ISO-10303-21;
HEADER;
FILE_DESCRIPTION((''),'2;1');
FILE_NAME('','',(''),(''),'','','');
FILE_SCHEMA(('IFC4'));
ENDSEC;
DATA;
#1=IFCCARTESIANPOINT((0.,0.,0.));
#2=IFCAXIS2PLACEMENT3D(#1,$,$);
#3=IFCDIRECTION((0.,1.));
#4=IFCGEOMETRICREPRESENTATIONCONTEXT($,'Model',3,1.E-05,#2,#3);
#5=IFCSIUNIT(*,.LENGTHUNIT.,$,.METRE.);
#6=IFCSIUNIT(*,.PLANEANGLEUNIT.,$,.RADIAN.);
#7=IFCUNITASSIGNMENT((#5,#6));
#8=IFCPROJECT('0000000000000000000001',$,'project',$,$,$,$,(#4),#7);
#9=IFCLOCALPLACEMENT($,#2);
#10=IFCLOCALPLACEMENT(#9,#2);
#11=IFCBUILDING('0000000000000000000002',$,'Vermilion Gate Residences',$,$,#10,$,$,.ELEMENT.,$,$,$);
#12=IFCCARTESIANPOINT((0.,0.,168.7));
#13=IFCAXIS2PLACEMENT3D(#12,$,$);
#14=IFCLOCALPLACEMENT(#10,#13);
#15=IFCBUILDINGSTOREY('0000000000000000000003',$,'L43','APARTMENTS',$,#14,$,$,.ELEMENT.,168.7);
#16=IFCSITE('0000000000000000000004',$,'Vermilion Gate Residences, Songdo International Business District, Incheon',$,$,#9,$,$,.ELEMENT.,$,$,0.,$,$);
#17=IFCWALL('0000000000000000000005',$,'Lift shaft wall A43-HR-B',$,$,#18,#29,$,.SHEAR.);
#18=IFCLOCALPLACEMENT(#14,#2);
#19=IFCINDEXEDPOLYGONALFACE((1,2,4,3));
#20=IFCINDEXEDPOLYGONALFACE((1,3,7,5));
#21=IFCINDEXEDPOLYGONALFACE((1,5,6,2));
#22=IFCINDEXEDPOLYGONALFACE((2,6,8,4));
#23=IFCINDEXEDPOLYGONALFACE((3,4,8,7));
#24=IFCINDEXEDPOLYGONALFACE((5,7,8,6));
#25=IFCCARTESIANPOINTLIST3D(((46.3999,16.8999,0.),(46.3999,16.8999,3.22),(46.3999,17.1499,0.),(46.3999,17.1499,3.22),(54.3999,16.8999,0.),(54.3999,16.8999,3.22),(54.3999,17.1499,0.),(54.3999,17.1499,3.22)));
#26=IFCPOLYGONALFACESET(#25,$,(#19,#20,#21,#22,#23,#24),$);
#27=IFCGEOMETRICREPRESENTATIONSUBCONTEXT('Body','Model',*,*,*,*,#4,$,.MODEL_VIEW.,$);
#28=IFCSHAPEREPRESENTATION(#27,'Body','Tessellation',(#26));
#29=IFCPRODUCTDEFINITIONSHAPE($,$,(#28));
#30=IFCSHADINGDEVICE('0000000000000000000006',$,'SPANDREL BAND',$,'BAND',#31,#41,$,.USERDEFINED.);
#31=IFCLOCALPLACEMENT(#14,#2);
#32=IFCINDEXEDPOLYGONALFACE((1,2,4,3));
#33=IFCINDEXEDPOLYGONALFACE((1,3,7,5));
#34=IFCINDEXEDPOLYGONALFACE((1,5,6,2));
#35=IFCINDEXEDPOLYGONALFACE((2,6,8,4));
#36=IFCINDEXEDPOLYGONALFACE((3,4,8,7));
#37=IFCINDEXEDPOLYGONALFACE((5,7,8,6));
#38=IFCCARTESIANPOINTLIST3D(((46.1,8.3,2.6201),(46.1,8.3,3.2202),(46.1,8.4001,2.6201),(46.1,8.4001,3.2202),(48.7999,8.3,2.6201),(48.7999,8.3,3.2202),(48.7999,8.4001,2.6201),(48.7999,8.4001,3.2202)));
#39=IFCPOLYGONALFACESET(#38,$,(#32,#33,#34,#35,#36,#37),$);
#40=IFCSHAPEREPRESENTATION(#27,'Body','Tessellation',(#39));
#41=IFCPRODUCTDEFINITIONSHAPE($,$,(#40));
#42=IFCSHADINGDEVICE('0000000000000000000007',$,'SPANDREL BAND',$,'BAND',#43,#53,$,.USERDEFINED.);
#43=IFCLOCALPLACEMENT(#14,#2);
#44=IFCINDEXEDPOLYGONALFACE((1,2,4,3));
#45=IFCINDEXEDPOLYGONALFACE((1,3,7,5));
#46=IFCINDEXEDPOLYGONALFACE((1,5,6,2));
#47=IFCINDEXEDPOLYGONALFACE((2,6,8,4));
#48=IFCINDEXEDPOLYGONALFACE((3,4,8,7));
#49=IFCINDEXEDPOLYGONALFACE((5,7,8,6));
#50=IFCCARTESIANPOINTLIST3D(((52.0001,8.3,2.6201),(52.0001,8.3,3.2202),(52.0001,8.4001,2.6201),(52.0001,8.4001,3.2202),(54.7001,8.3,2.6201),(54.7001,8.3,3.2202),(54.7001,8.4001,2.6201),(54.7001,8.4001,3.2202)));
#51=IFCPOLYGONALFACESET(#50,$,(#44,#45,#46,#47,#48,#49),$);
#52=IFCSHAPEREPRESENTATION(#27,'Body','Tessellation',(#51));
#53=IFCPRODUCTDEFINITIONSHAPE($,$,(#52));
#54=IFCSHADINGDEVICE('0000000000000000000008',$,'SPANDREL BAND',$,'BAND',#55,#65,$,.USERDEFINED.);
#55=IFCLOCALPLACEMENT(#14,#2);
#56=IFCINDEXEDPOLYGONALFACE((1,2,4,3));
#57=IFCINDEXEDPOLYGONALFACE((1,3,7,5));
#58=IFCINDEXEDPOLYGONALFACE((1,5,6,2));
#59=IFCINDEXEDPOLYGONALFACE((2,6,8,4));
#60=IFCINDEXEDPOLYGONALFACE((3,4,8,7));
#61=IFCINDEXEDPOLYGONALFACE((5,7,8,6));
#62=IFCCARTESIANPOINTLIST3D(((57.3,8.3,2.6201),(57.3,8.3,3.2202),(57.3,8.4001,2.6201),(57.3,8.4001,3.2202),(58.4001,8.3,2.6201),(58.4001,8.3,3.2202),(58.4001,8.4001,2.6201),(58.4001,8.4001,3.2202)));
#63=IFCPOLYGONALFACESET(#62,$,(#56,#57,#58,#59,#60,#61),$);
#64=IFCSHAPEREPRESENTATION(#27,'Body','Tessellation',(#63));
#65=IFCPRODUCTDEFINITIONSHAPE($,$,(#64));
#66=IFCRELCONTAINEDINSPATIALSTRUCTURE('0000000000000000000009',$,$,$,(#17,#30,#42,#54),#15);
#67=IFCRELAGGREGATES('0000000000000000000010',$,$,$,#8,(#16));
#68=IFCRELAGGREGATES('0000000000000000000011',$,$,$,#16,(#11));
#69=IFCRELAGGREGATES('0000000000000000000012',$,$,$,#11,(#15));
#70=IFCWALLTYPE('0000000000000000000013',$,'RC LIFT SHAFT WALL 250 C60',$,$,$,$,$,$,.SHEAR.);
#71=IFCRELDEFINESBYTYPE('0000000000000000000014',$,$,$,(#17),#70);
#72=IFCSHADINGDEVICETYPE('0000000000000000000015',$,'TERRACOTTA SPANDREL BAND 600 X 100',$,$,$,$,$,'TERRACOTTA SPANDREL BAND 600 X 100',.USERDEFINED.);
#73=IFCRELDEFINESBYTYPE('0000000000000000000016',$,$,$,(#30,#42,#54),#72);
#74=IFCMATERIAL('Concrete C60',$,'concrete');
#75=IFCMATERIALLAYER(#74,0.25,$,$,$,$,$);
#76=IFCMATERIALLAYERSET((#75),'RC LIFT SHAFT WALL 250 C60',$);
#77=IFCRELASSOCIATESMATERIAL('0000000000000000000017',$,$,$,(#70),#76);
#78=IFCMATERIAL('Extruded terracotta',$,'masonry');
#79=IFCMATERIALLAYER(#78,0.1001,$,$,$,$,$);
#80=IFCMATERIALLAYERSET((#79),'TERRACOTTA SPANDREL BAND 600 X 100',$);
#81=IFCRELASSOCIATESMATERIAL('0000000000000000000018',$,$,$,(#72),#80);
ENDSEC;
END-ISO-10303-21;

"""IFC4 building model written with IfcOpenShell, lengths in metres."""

from ifc_helpers import new_model, si_unit, direction, frame, frame_2d, origin, origin_2d, place, context, subcontext, project, spatial, rectangle, extrude, material, layer, layer_set, type_object, element, save


model = new_model("IFC4")

# Units and contexts
model_context = context("Model", 3, precision=1e-05, world=origin(), true_north=direction((0.0, 1.0)))
body_context = subcontext(model_context, "Body", "Model", "MODEL_VIEW")
ifc_project = project(units=[si_unit("LENGTHUNIT", "METRE"), si_unit("PLANEANGLEUNIT", "RADIAN")], contexts=[model_context])

# Site, building, storey
site_placement = place(None, origin())
site = spatial("IfcSite", under=ifc_project, at=site_placement, Name="Vermilion Gate Residences, Songdo International Business District, Incheon", CompositionType="ELEMENT", RefElevation=0.0)
building_placement = place(site_placement, origin())
building = spatial("IfcBuilding", under=site, at=building_placement, Name="Vermilion Gate Residences", CompositionType="ELEMENT")
storey_placement = place(building_placement, frame((0.0, 0.0, 168.7)))
storey = spatial("IfcBuildingStorey", under=building, at=storey_placement, Name="L43", Description="APARTMENTS", CompositionType="ELEMENT", Elevation=168.7)

# Wall
ifc_material_1 = material(Name="Concrete C60", Category="concrete")
ifc_layer_1 = layer(ifc_material_1, 0.25)
ifc_layer_set_1 = layer_set([ifc_layer_1], Name="RC LIFT SHAFT WALL 250 C60")
wall_type_1 = type_object("IfcWallType", Name="RC LIFT SHAFT WALL 250 C60", PredefinedType="SHEAR", material=ifc_layer_set_1)
wall_1_placement = place(storey_placement, frame((46.3999, 17.0249, 0.0), z_axis=(0.0, 0.0, 1.0), x_axis=(1.0, 0.0, 0.0)))
element("IfcWall", 1, at=wall_1_placement, inside=storey, type_object=wall_type_1, Name="Lift shaft wall A43-HR-B", PredefinedType="SHEAR", context=body_context, shape_type="SweptSolid", body=[
    extrude(rectangle(XDim=8.0, YDim=0.25, at=frame_2d((4.0, 0.0))), origin(), (0.0, 0.0, 1.0), 3.22),
])

# Shading devices
ifc_material_2 = material(Name="Extruded terracotta", Category="masonry")
ifc_layer_2 = layer(ifc_material_2, 0.1001)
ifc_layer_set_2 = layer_set([ifc_layer_2], Name="TERRACOTTA SPANDREL BAND 600 X 100")
shading_device_type = type_object("IfcShadingDeviceType", Name="TERRACOTTA SPANDREL BAND 600 X 100", ElementType="TERRACOTTA SPANDREL BAND 600 X 100", PredefinedType="USERDEFINED", material=ifc_layer_set_2)
for number, where, z_axis, x_axis, name in (
    (2, (47.45, 8.3501, 2.6201), (0.0, 0.0, 1.0), (1.0, 0.0, 0.0), "SPANDREL BAND"),
    (3, (53.3501, 8.3501, 2.6201), (0.0, 0.0, 1.0), (1.0, 0.0, 0.0), "SPANDREL BAND"),
):
    element("IfcShadingDevice", number, at=place(storey_placement, frame(where, z_axis=z_axis, x_axis=x_axis)), inside=storey, type_object=shading_device_type, Name=name, ObjectType="BAND", PredefinedType="USERDEFINED", context=body_context, shape_type="SweptSolid", body=[
        extrude(rectangle(XDim=2.7, YDim=0.1001, at=origin_2d()), origin(), (0.0, 0.0, 1.0), 0.6001),
    ])
shading_device_placement = place(storey_placement, frame((57.8501, 8.3501, 2.6201), z_axis=(0.0, 0.0, 1.0), x_axis=(1.0, 0.0, 0.0)))
element("IfcShadingDevice", 4, at=shading_device_placement, inside=storey, type_object=shading_device_type, Name="SPANDREL BAND", ObjectType="BAND", PredefinedType="USERDEFINED", context=body_context, shape_type="SweptSolid", body=[
    extrude(rectangle(XDim=1.1001, YDim=0.1001, at=origin_2d()), origin(), (0.0, 0.0, 1.0), 0.6001),
])

save(model, "model.ifc")
